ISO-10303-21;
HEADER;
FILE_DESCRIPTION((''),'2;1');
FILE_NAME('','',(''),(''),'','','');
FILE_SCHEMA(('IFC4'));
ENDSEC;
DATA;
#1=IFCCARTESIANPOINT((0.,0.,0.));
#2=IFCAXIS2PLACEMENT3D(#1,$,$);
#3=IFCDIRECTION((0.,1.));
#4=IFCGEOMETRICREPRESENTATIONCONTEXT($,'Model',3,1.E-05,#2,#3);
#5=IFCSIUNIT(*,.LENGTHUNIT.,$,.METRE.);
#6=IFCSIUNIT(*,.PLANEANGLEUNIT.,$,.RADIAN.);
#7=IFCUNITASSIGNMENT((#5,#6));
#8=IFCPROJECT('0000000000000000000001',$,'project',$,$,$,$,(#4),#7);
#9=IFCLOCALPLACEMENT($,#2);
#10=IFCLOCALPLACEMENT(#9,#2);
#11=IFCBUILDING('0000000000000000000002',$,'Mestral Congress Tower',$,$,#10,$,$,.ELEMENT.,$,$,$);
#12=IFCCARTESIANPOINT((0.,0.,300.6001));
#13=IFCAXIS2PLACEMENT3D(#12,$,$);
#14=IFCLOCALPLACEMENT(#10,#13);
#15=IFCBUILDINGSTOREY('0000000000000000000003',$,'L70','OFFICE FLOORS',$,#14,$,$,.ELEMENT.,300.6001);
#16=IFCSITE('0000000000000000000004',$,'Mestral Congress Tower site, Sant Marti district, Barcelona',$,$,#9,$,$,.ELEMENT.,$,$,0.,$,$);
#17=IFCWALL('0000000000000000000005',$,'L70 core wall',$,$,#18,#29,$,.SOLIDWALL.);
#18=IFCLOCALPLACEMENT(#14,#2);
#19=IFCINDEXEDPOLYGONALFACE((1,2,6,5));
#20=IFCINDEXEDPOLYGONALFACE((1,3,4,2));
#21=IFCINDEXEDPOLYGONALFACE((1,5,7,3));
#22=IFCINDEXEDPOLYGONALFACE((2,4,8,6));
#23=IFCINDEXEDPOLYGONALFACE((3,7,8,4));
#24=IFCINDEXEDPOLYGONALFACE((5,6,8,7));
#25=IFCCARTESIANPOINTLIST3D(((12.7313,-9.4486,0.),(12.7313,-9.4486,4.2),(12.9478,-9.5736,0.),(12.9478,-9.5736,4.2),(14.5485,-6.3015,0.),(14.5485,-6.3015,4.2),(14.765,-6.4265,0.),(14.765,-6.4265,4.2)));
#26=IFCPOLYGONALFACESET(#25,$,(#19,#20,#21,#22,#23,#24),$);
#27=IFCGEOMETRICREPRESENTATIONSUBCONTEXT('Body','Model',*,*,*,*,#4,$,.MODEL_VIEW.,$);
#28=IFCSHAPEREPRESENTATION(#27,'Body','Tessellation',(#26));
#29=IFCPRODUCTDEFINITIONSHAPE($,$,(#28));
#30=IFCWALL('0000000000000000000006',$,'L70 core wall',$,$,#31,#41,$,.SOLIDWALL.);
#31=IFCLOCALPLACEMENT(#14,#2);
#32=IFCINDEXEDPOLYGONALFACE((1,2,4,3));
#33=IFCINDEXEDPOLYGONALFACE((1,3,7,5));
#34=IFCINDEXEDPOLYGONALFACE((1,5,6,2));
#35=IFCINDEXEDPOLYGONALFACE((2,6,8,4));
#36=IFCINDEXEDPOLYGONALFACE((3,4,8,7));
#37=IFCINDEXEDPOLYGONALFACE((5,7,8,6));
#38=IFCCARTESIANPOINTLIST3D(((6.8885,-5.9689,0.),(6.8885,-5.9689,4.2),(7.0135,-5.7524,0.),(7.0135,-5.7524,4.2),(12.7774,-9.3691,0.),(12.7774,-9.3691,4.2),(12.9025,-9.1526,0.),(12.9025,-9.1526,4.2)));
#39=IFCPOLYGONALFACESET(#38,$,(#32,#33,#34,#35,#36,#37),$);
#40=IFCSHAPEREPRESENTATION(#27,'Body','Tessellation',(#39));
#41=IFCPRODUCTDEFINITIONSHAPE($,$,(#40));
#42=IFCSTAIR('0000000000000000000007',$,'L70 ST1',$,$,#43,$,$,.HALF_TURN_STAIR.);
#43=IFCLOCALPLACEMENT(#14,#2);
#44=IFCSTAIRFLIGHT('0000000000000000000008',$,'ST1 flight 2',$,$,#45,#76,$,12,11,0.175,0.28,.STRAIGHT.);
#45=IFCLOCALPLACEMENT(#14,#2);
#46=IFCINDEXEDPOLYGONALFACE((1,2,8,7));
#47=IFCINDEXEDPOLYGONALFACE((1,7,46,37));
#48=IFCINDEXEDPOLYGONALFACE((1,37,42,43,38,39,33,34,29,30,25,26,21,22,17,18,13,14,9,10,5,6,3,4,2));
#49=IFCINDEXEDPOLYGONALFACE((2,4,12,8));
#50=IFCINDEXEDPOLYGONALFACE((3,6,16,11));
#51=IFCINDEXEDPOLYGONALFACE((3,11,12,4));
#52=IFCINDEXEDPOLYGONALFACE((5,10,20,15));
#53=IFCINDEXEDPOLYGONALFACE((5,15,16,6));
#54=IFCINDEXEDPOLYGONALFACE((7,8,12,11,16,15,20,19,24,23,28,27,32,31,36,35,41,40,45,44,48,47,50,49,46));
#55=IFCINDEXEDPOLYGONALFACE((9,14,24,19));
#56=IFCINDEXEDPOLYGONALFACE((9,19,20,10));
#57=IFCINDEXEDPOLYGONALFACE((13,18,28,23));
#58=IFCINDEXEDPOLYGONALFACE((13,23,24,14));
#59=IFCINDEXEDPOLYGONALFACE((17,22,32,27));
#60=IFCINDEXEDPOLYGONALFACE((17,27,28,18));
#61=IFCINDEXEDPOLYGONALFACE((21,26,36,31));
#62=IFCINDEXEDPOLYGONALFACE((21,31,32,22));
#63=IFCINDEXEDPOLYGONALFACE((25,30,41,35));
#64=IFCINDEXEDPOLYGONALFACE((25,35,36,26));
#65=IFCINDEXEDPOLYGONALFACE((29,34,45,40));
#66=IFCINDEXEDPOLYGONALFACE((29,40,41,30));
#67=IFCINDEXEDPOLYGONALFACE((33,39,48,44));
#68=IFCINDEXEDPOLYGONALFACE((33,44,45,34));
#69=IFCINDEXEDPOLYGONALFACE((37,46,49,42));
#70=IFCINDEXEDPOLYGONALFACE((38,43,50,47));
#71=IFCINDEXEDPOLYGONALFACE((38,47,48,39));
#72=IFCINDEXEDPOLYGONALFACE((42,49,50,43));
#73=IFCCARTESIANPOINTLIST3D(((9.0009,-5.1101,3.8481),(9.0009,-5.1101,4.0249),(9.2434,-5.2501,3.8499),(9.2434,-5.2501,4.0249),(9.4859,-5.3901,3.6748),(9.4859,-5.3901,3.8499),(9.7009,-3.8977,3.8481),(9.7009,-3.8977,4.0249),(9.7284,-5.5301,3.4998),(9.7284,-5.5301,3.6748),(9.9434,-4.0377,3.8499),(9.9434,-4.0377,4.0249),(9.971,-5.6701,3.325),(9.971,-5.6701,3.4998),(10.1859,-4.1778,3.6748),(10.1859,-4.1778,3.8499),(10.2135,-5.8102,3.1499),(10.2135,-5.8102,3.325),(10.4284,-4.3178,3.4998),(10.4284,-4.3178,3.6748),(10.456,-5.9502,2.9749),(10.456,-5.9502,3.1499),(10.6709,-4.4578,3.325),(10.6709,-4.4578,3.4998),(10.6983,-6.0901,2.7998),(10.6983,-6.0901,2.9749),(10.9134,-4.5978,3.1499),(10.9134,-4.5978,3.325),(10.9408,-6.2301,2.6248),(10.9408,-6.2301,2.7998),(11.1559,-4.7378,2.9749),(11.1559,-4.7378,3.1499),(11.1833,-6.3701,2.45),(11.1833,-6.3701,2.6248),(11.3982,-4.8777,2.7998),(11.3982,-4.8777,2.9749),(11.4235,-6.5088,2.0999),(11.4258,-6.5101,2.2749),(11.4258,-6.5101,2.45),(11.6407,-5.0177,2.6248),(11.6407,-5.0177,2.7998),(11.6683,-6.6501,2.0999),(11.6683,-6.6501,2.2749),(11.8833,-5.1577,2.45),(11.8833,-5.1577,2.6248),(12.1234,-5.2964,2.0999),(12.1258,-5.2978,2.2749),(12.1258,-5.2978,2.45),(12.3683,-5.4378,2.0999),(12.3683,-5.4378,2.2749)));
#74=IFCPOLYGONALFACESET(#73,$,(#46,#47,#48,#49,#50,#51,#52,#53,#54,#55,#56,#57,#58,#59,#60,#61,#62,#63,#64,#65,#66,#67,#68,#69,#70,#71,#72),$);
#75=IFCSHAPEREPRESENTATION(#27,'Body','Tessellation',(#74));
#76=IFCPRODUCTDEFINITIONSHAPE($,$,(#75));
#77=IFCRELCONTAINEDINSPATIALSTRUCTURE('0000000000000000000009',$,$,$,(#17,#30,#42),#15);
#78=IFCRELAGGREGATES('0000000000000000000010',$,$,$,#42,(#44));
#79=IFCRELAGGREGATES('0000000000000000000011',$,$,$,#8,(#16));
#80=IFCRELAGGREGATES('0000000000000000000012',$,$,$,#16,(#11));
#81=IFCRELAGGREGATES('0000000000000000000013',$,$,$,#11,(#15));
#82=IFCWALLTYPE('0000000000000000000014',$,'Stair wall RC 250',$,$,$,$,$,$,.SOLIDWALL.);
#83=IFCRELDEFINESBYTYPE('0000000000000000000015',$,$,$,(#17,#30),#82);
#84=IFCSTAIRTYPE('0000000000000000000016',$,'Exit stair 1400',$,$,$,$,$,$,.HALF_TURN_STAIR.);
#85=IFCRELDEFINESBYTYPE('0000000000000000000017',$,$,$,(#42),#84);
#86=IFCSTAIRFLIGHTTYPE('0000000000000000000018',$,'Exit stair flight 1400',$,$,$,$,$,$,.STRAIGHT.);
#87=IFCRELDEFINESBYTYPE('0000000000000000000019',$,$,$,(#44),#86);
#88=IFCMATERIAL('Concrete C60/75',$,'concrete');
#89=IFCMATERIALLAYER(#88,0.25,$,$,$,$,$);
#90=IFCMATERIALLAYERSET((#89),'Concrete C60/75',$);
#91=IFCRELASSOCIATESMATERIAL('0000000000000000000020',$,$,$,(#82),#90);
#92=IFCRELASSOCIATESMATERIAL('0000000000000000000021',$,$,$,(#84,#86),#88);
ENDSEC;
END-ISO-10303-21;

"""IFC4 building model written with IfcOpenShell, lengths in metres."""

from ifc_helpers import new_model, si_unit, direction, frame, frame_2d, origin, place, context, subcontext, project, spatial, polyline, rectangle, outline, extrude, material, layer, layer_set, type_object, element, aggregate, save


model = new_model("IFC4")

# Units and contexts
model_context = context("Model", 3, precision=1e-05, world=origin(), true_north=direction((0.0, 1.0)))
body_context = subcontext(model_context, "Body", "Model", "MODEL_VIEW")
ifc_project = project(units=[si_unit("LENGTHUNIT", "METRE"), si_unit("PLANEANGLEUNIT", "RADIAN")], contexts=[model_context])

# Site, building, storey
site_placement = place(None, origin())
site = spatial("IfcSite", under=ifc_project, at=site_placement, Name="Mestral Congress Tower site, Sant Marti district, Barcelona", CompositionType="ELEMENT", RefElevation=0.0)
building_placement = place(site_placement, origin())
building = spatial("IfcBuilding", under=site, at=building_placement, Name="Mestral Congress Tower", CompositionType="ELEMENT")
storey_placement = place(building_placement, frame((0.0, 0.0, 300.6001)))
storey = spatial("IfcBuildingStorey", under=building, at=storey_placement, Name="L70", Description="OFFICE FLOORS", CompositionType="ELEMENT", Elevation=300.6001)

# Shared definitions
ifc_material_1 = material(Name="Concrete C60/75", Category="concrete")

# Walls
ifc_layer_1 = layer(ifc_material_1, 0.25)
ifc_layer_set_1 = layer_set([ifc_layer_1], Name="Concrete C60/75")
wall_type_1 = type_object("IfcWallType", Name="Stair wall RC 250", PredefinedType="SOLIDWALL", material=ifc_layer_set_1)
wall_1_placement = place(storey_placement, frame((12.8396, -9.511, 0.0), z_axis=(0.0, 0.0, 1.0), x_axis=(0.500048, 0.865998, 0.0)))
element("IfcWall", 1, at=wall_1_placement, inside=storey, type_object=wall_type_1, Name="L70 core wall", PredefinedType="SOLIDWALL", context=body_context, shape_type="SweptSolid", body=[
    extrude(rectangle(XDim=3.634, YDim=0.25, at=frame_2d((1.8169, 0.0))), origin(), (0.0, 0.0, 1.0), 4.2),
])
wall_2_placement = place(storey_placement, frame((12.8398, -9.2607, 0.0), z_axis=(0.0, 0.0, 1.0), x_axis=(-0.866014, 0.50002, 0.0)))
element("IfcWall", 2, at=wall_2_placement, inside=storey, type_object=wall_type_1, Name="L70 core wall", PredefinedType="SOLIDWALL", context=body_context, shape_type="SweptSolid", body=[
    extrude(rectangle(XDim=6.8, YDim=0.25, at=frame_2d((3.3999, 0.0))), origin(), (0.0, 0.0, 1.0), 4.2),
])

# Stair, stair flight
stair_type = type_object("IfcStairType", Name="Exit stair 1400", PredefinedType="HALF_TURN_STAIR", material=ifc_material_1)
stair_placement = place(storey_placement, origin())
stair = element("IfcStair", 3, at=stair_placement, inside=storey, type_object=stair_type, Name="L70 ST1", PredefinedType="HALF_TURN_STAIR")
stair_flight_type = type_object("IfcStairFlightType", Name="Exit stair flight 1400", PredefinedType="STRAIGHT", material=ifc_material_1)
stair_flight_placement = place(storey_placement, frame((12.0183, -6.0439, 2.0999), z_axis=(0.0, 0.0, 1.0), x_axis=(-0.866025, 0.5, 0.0)))
stair_flight = element("IfcStairFlight", 4, at=stair_flight_placement, type_object=stair_flight_type, Name="ST1 flight 2", NumberOfRisers=12, NumberOfTreads=11, PredefinedType="STRAIGHT", RiserHeight=0.175, TreadLength=0.28, context=body_context, shape_type="SweptSolid", body=[
    extrude(outline(polyline([(0.0, 0.0), (0.0, 0.175), (0.28, 0.175), (0.28, 0.3501), (0.5601, 0.3501), (0.5601, 0.5249), (0.8401, 0.5249), (0.8401, 0.7), (1.1201, 0.7), (1.1201, 0.875), (1.3999, 0.875), (1.3999, 1.05), (1.6799, 1.05), (1.6799, 1.2251), (1.96, 1.2251), (1.96, 1.3999), (2.24, 1.3999), (2.24, 1.575), (2.52, 1.575), (2.52, 1.75), (2.8, 1.75), (2.8, 1.925), (3.0801, 1.925), (3.0801, 2.1001), (3.0801, 1.7483), (0.2827, 0.0), (0.0, 0.0)])), frame((0.0, 0.7, 0.0), z_axis=(0.0, -1.0, 0.0), x_axis=(1.0, 0.0, 0.0)), (0.0, 0.0, 1.0), 1.3999),
])
aggregate(stair, [stair_flight])

save(model, "model.ifc")
